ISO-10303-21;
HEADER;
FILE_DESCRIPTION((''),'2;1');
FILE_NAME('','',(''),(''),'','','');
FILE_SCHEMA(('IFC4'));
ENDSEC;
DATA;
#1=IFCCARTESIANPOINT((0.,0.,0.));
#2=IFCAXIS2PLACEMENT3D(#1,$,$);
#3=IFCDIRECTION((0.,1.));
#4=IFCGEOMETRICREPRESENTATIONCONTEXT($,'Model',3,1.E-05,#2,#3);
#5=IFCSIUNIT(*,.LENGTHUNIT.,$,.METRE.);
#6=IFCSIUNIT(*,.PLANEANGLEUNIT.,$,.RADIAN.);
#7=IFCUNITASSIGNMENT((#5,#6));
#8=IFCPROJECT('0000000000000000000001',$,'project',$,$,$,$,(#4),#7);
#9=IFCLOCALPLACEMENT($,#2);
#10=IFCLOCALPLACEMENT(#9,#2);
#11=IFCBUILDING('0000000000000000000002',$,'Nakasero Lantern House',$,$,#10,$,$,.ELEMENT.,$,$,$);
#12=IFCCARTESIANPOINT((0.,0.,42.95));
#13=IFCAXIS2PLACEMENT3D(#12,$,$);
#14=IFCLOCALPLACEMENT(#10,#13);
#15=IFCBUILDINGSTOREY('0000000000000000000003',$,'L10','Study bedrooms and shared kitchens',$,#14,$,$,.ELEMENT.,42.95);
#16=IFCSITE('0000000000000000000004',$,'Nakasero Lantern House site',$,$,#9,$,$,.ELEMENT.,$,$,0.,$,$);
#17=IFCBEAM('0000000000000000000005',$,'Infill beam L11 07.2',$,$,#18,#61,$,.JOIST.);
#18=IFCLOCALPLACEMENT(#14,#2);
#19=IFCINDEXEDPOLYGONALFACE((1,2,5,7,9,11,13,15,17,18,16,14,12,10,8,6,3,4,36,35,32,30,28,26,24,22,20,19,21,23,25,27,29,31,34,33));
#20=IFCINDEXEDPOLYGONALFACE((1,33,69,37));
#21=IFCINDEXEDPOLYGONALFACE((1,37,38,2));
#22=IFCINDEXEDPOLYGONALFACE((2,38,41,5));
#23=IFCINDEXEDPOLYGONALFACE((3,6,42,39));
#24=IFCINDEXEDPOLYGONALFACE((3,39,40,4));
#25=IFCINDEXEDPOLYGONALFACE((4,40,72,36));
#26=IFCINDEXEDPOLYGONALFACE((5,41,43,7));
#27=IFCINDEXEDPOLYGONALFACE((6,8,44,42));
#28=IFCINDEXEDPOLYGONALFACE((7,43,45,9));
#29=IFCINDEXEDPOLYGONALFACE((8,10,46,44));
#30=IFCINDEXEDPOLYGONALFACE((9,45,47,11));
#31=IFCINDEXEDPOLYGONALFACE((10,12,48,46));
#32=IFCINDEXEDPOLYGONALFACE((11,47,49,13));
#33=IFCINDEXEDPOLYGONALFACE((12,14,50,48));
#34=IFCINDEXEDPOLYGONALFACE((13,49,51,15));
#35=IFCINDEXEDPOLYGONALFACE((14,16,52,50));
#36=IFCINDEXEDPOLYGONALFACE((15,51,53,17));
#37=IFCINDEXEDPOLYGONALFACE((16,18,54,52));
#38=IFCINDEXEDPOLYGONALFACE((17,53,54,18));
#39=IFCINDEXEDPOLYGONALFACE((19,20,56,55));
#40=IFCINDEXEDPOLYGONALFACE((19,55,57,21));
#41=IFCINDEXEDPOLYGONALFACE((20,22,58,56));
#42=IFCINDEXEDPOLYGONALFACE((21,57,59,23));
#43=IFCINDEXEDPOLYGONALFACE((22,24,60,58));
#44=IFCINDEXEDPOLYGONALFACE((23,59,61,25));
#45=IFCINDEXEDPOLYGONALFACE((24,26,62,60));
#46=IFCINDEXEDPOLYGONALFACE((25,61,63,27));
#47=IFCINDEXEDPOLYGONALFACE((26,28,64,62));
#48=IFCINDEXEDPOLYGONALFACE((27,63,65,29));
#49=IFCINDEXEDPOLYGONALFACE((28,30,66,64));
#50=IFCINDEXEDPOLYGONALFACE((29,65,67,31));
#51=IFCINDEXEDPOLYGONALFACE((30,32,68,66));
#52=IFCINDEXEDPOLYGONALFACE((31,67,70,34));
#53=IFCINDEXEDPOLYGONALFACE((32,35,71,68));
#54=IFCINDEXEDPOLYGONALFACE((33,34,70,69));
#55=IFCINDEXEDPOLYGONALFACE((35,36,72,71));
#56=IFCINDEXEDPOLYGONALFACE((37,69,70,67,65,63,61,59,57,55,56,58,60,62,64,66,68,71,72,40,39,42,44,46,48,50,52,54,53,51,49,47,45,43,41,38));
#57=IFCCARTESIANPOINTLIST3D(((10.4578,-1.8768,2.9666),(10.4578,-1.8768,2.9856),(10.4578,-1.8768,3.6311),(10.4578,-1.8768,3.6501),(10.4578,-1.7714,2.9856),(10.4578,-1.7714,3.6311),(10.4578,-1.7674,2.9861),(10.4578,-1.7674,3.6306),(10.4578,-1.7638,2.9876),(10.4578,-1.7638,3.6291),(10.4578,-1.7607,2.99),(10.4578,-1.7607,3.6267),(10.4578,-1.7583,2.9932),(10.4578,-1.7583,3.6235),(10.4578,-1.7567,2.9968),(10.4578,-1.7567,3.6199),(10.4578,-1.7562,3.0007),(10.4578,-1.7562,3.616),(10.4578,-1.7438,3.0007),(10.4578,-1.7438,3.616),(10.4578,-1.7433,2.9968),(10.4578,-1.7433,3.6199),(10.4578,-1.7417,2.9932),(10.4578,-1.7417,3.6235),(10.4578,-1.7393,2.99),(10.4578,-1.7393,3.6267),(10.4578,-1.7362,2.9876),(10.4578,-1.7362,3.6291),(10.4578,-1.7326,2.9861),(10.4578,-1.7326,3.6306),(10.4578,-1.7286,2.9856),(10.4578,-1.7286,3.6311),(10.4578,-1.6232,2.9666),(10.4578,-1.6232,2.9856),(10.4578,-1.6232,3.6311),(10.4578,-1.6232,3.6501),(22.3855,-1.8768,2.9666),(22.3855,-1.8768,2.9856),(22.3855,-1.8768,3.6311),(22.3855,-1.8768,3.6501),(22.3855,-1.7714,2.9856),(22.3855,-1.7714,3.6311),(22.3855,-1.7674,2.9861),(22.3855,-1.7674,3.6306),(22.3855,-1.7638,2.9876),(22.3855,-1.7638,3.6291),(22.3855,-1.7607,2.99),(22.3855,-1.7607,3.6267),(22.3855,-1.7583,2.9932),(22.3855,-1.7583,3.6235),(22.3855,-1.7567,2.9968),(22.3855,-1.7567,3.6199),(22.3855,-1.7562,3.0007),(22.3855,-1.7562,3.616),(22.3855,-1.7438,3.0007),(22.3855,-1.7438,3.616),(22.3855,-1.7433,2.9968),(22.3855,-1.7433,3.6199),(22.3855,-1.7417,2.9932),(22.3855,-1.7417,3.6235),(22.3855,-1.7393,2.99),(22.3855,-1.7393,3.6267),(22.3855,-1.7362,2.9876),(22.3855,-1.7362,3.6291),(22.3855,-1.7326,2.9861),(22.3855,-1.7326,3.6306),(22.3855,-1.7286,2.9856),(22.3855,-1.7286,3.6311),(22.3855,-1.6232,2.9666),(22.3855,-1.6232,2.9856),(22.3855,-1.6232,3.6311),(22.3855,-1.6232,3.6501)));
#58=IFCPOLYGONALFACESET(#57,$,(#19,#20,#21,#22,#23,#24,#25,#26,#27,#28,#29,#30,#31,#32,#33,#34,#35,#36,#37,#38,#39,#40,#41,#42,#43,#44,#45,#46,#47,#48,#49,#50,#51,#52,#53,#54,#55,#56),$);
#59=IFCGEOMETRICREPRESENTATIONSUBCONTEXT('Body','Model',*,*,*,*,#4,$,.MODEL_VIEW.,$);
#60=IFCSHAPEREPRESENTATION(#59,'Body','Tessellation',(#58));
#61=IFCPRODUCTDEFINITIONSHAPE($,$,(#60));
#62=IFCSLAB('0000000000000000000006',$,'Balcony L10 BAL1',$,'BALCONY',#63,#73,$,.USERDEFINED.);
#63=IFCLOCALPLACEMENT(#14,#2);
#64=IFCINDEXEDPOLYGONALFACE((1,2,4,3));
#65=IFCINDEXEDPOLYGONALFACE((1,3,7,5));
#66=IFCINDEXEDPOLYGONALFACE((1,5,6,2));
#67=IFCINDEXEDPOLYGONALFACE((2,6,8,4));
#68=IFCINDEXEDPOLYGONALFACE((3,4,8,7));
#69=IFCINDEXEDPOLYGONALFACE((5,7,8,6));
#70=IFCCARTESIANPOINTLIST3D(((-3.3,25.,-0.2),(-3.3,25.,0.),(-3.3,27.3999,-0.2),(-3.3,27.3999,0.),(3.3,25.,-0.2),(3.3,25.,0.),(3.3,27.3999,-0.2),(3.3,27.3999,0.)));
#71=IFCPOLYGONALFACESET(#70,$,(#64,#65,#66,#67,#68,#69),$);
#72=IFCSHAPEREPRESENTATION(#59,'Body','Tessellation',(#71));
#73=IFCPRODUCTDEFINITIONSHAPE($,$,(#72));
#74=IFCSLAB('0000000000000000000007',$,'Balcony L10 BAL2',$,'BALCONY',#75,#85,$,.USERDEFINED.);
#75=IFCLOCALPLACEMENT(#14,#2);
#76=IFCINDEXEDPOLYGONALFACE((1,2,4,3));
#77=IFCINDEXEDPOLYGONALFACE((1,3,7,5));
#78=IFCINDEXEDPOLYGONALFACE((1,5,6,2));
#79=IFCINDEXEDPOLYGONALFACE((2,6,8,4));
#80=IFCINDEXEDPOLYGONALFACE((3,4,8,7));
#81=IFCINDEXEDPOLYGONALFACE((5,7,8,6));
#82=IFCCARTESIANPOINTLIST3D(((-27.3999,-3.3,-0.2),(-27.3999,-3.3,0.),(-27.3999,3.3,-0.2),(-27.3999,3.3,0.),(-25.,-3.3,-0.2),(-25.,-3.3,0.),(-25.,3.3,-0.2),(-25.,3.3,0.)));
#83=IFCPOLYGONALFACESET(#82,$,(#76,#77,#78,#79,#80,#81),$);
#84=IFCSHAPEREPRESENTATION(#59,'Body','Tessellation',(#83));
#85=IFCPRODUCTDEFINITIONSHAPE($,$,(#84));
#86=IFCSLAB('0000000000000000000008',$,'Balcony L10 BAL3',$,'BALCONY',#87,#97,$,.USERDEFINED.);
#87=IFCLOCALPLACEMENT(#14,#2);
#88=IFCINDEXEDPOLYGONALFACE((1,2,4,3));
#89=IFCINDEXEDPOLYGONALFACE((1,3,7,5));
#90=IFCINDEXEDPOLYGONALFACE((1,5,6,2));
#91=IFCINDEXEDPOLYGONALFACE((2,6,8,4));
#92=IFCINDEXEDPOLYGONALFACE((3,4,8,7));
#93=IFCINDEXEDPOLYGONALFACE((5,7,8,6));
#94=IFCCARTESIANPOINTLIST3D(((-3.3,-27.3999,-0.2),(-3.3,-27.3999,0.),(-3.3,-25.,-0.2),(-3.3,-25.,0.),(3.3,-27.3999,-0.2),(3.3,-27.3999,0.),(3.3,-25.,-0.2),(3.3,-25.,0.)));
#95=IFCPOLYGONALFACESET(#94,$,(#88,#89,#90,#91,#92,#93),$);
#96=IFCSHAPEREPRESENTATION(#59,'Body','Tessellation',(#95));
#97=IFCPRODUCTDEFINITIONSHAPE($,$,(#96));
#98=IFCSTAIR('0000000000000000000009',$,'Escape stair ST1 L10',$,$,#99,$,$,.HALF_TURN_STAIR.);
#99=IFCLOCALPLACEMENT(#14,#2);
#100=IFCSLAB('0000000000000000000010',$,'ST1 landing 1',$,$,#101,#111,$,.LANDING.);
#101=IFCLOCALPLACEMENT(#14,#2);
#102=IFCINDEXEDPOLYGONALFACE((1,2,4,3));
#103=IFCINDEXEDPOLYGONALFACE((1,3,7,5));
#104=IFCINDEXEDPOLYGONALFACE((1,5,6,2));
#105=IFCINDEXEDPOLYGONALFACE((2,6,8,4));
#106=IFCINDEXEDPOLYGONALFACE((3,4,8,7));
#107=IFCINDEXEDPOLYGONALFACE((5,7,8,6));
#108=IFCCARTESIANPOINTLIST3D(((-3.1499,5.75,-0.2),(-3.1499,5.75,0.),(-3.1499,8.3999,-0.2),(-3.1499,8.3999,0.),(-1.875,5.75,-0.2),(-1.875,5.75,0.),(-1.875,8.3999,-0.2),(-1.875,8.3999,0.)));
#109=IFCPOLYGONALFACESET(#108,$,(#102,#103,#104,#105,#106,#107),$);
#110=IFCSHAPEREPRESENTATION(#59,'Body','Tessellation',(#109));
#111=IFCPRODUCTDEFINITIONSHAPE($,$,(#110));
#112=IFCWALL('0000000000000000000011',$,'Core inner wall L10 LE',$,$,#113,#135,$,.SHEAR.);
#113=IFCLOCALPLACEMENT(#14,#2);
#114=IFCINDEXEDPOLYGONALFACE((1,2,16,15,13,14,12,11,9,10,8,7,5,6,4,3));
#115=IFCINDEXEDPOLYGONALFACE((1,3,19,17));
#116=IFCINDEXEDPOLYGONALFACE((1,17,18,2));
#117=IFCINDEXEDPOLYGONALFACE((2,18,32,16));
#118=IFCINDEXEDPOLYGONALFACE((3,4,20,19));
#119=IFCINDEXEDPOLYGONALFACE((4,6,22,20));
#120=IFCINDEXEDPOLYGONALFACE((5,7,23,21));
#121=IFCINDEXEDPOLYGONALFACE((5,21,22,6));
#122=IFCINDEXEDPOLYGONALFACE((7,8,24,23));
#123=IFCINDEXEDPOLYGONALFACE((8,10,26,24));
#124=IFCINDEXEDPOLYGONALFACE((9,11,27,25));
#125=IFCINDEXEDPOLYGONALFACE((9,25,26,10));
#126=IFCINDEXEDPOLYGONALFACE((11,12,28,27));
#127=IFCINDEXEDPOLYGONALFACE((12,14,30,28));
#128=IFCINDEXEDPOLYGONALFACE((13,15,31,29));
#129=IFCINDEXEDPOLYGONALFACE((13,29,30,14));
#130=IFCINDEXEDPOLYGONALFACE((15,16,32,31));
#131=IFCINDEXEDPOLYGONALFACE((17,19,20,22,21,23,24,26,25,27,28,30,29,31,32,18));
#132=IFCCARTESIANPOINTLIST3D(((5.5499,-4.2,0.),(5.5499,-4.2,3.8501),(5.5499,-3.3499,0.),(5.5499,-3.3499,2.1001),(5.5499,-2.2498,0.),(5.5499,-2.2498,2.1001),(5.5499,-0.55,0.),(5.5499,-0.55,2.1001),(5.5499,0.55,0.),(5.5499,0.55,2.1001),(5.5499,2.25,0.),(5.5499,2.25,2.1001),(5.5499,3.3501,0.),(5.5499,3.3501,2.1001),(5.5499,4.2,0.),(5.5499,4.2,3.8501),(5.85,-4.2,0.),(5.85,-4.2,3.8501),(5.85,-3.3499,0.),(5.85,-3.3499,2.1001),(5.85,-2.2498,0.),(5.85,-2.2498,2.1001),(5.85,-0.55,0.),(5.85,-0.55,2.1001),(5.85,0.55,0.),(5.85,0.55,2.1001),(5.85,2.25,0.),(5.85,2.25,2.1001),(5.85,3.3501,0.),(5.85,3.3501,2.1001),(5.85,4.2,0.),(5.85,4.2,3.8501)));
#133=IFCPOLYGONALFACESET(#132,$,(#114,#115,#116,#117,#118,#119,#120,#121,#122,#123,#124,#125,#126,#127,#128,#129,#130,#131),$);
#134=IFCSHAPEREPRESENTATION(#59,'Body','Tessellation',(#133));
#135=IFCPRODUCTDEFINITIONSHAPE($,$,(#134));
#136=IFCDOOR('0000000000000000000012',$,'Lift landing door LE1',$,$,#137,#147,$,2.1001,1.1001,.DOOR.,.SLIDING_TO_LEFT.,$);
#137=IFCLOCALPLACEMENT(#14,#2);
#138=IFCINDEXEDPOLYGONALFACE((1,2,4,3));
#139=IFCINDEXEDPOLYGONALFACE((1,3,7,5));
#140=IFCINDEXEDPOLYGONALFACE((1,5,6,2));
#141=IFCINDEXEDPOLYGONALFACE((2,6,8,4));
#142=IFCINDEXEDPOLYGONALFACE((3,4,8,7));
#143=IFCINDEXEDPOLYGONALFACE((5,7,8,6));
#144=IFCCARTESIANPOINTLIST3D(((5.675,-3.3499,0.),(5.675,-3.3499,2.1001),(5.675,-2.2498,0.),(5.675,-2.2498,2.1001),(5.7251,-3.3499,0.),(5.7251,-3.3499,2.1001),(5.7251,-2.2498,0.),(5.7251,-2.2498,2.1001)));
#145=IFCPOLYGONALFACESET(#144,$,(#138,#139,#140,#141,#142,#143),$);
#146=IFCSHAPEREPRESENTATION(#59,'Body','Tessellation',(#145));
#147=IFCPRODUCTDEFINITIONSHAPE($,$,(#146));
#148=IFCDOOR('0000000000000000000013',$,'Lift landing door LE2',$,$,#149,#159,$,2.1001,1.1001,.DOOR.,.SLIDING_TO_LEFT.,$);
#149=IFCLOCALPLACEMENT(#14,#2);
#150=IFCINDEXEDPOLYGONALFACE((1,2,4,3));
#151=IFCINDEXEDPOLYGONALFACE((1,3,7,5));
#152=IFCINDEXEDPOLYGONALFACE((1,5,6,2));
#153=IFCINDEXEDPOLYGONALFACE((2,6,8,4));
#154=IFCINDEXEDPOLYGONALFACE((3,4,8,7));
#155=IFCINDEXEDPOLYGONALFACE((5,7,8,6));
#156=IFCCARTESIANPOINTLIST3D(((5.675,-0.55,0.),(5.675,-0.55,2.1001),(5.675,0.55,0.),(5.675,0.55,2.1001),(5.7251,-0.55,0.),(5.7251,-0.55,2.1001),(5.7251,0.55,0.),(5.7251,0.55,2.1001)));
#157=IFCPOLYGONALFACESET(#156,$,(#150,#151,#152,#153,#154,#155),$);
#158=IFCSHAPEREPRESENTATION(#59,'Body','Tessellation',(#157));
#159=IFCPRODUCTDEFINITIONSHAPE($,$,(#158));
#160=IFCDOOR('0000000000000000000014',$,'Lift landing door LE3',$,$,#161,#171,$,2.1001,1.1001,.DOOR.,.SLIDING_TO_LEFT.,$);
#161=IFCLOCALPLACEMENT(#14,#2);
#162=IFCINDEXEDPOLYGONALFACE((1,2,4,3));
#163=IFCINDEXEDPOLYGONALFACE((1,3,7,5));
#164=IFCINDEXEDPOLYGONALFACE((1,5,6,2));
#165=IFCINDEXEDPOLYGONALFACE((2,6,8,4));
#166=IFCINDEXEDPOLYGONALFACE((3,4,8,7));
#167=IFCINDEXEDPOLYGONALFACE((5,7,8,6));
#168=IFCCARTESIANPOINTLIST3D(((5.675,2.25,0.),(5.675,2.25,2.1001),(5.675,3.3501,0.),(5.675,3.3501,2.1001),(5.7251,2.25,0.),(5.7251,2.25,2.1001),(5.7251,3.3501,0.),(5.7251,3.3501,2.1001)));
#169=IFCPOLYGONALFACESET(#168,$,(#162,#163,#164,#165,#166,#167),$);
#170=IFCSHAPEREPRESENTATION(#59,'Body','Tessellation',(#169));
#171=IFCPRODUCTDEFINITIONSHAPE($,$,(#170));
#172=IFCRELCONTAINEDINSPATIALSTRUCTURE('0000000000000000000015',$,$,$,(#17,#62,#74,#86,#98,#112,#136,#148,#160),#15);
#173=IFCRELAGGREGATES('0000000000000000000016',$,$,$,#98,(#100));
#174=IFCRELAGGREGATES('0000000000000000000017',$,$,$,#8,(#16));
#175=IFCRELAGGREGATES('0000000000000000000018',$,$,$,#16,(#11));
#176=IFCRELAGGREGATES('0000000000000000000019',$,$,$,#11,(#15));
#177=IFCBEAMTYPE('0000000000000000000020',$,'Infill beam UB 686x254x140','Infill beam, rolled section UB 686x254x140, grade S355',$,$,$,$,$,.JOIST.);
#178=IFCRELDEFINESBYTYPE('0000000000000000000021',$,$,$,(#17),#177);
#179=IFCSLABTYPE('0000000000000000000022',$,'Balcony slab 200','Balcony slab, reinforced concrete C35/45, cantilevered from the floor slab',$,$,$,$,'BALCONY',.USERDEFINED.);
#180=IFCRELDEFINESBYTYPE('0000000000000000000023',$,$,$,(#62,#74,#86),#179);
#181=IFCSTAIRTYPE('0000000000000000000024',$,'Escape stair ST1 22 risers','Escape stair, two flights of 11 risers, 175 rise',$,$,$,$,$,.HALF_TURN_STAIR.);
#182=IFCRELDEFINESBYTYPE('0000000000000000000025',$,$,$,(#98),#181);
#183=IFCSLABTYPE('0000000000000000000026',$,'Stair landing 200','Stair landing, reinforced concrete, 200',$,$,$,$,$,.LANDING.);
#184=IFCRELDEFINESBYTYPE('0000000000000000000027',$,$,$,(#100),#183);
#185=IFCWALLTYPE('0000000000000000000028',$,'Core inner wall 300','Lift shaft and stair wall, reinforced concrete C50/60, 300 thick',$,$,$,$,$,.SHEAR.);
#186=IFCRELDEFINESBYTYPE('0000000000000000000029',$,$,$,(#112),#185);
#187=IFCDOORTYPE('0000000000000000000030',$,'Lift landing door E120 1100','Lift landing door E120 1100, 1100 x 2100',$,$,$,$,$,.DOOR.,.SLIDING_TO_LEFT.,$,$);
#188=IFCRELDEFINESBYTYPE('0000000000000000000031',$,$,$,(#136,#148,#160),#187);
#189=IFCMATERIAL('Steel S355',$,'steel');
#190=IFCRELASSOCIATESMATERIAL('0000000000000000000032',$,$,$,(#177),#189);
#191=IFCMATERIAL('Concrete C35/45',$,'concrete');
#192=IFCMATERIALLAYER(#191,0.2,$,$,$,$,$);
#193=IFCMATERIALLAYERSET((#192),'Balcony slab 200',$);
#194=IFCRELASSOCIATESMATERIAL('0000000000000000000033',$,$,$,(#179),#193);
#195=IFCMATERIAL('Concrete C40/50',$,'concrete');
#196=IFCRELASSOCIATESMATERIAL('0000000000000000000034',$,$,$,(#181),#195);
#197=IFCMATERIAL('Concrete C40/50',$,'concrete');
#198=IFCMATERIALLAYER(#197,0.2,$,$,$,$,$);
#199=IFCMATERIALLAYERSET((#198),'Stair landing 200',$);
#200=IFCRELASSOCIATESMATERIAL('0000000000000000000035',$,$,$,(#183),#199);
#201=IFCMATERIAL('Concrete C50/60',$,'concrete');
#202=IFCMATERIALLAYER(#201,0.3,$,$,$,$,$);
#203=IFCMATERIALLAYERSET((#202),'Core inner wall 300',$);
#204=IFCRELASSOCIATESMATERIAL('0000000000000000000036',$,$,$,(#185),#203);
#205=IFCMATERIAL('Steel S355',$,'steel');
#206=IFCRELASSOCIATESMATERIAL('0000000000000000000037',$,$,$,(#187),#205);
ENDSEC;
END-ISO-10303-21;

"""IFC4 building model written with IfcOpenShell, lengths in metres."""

from ifc_helpers import new_model, si_unit, direction, frame, frame_2d, origin, origin_2d, place, context, subcontext, project, spatial, polyline, rectangle, i_section, outline, extrude, material, layer, layer_set, material_profile, profile_set, type_object, element, fill, aggregate, save


model = new_model("IFC4")

# Units and contexts
model_context = context("Model", 3, precision=1e-05, world=origin(), true_north=direction((0.0, 1.0)))
body_context = subcontext(model_context, "Body", "Model", "MODEL_VIEW")
ifc_project = project(units=[si_unit("LENGTHUNIT", "METRE"), si_unit("PLANEANGLEUNIT", "RADIAN")], contexts=[model_context])

# Site, building, storey
site_placement = place(None, origin())
site = spatial("IfcSite", under=ifc_project, at=site_placement, Name="Nakasero Lantern House site", CompositionType="ELEMENT", RefElevation=0.0)
building_placement = place(site_placement, origin())
building = spatial("IfcBuilding", under=site, at=building_placement, Name="Nakasero Lantern House", CompositionType="ELEMENT")
storey_placement = place(building_placement, frame((0.0, 0.0, 42.95)))
storey = spatial("IfcBuildingStorey", under=building, at=storey_placement, Name="L10", Description="Study bedrooms and shared kitchens", CompositionType="ELEMENT", Elevation=42.95)

# Beam
ifc_material_1 = material(Name="Steel S355", Category="steel")
ifc_material_profile_1 = material_profile(ifc_material_1, i_section(OverallWidth=0.2537, OverallDepth=0.6836, WebThickness=0.0125, FlangeThickness=0.019, FilletRadius=0.0151, at=origin_2d()), Name="UB 686x254x140")
ifc_profile_set_1 = profile_set([ifc_material_profile_1], Name="Steel S355")
beam_type_1 = type_object("IfcBeamType", Name="Infill beam UB 686x254x140", Description="Infill beam, rolled section UB 686x254x140, grade S355", PredefinedType="JOIST", material=ifc_profile_set_1)
beam_1_placement = place(storey_placement, frame((10.4578, -1.75, 3.3083), z_axis=(1.0, 0.0, 0.0), x_axis=(0.0, 1.0, 0.0)))
element("IfcBeam", 1, at=beam_1_placement, inside=storey, type_object=beam_type_1, Name="Infill beam L11 07.2", PredefinedType="JOIST", context=body_context, shape_type="SweptSolid", body=[
    extrude(i_section(OverallWidth=0.2537, OverallDepth=0.6836, WebThickness=0.0125, FlangeThickness=0.019, FilletRadius=0.0151, at=origin_2d()), origin(), (0.0, 0.0, 1.0), 11.9277),
])

# Slabs
ifc_material_2 = material(Name="Concrete C35/45", Category="concrete")
ifc_layer_1 = layer(ifc_material_2, 0.2)
ifc_layer_set_1 = layer_set([ifc_layer_1], Name="Balcony slab 200")
slab_type_1 = type_object("IfcSlabType", Name="Balcony slab 200", Description="Balcony slab, reinforced concrete C35/45, cantilevered from the floor slab", ElementType="BALCONY", PredefinedType="USERDEFINED", material=ifc_layer_set_1)
slab_1_placement = place(storey_placement, frame((0.0, 0.0, -0.2)))
element("IfcSlab", 2, at=slab_1_placement, inside=storey, type_object=slab_type_1, Name="Balcony L10 BAL1", ObjectType="BALCONY", PredefinedType="USERDEFINED", context=body_context, shape_type="SweptSolid", body=[
    extrude(outline(polyline([(3.3, 25.0), (3.3, 27.3999), (-3.3, 27.3999), (-3.3, 25.0), (3.3, 25.0)])), origin(), (0.0, 0.0, 1.0), 0.2),
])
slab_2_placement = place(storey_placement, frame((0.0, 0.0, -0.2)))
element("IfcSlab", 3, at=slab_2_placement, inside=storey, type_object=slab_type_1, Name="Balcony L10 BAL2", ObjectType="BALCONY", PredefinedType="USERDEFINED", context=body_context, shape_type="SweptSolid", body=[
    extrude(outline(polyline([(-25.0, 3.3), (-27.3999, 3.3), (-27.3999, -3.3), (-25.0, -3.3), (-25.0, 3.3)])), origin(), (0.0, 0.0, 1.0), 0.2),
])
slab_3_placement = place(storey_placement, frame((0.0, 0.0, -0.2)))
element("IfcSlab", 4, at=slab_3_placement, inside=storey, type_object=slab_type_1, Name="Balcony L10 BAL3", ObjectType="BALCONY", PredefinedType="USERDEFINED", context=body_context, shape_type="SweptSolid", body=[
    extrude(outline(polyline([(-3.3, -25.0), (-3.3, -27.3999), (3.3, -27.3999), (3.3, -25.0), (-3.3, -25.0)])), origin(), (0.0, 0.0, 1.0), 0.2),
])

# Stair, slab
ifc_material_3 = material(Name="Concrete C40/50", Category="concrete")
stair_type_1 = type_object("IfcStairType", Name="Escape stair ST1 22 risers", Description="Escape stair, two flights of 11 risers, 175 rise", PredefinedType="HALF_TURN_STAIR", material=ifc_material_3)
stair_1_placement = place(storey_placement, origin())
stair_1 = element("IfcStair", 5, at=stair_1_placement, inside=storey, type_object=stair_type_1, Name="Escape stair ST1 L10", PredefinedType="HALF_TURN_STAIR")
ifc_material_4 = material(Name="Concrete C40/50", Category="concrete")
ifc_layer_2 = layer(ifc_material_4, 0.2)
ifc_layer_set_2 = layer_set([ifc_layer_2], Name="Stair landing 200")
slab_type_2 = type_object("IfcSlabType", Name="Stair landing 200", Description="Stair landing, reinforced concrete, 200", PredefinedType="LANDING", material=ifc_layer_set_2)
slab_4_placement = place(storey_placement, frame((0.0, 0.0, -0.2)))
slab_4 = element("IfcSlab", 6, at=slab_4_placement, type_object=slab_type_2, Name="ST1 landing 1", PredefinedType="LANDING", context=body_context, shape_type="SweptSolid", body=[
    extrude(outline(polyline([(-3.1499, 5.75), (-1.875, 5.75), (-1.875, 8.3999), (-3.1499, 8.3999), (-3.1499, 5.75)])), origin(), (0.0, 0.0, 1.0), 0.2),
])
aggregate(stair_1, [slab_4])

# Wall, openings, doors
ifc_material_5 = material(Name="Concrete C50/60", Category="concrete")
ifc_layer_3 = layer(ifc_material_5, 0.3)
ifc_layer_set_3 = layer_set([ifc_layer_3], Name="Core inner wall 300")
wall_type_1 = type_object("IfcWallType", Name="Core inner wall 300", Description="Lift shaft and stair wall, reinforced concrete C50/60, 300 thick", PredefinedType="SHEAR", material=ifc_layer_set_3)
wall_1_placement = place(storey_placement, frame((5.7, -4.2, 0.0), z_axis=(0.0, 0.0, 1.0), x_axis=(0.0, 1.0, 0.0)))
wall_1 = element("IfcWall", 7, at=wall_1_placement, inside=storey, type_object=wall_type_1, Name="Core inner wall L10 LE", PredefinedType="SHEAR", context=body_context, shape_type="SweptSolid", body=[
    extrude(rectangle(XDim=8.3999, YDim=0.3, at=frame_2d((4.2, 0.0))), origin(), (0.0, 0.0, 1.0), 3.8501),
])
opening_1_placement = place(wall_1_placement, frame((0.8501, 0.0, 0.0)))
opening_1 = element("IfcOpeningElement", 8, at=opening_1_placement, cuts=wall_1, PredefinedType="OPENING", context=body_context, shape_type="SweptSolid", body=[
    extrude(rectangle(XDim=1.1001, YDim=2.1001, at=frame_2d((0.55, 1.05))), frame((0.0, 0.1699, 0.0), z_axis=(0.0, -1.0, 0.0), x_axis=(1.0, 0.0, 0.0)), (0.0, 0.0, 1.0), 0.3401),
])
opening_2_placement = place(wall_1_placement, frame((3.6499, 0.0, 0.0)))
opening_2 = element("IfcOpeningElement", 9, at=opening_2_placement, cuts=wall_1, PredefinedType="OPENING", context=body_context, shape_type="SweptSolid", body=[
    extrude(rectangle(XDim=1.1001, YDim=2.1001, at=frame_2d((0.55, 1.05))), frame((0.0, 0.1699, 0.0), z_axis=(0.0, -1.0, 0.0), x_axis=(1.0, 0.0, 0.0)), (0.0, 0.0, 1.0), 0.3401),
])
opening_3_placement = place(wall_1_placement, frame((6.45, 0.0, 0.0)))
opening_3 = element("IfcOpeningElement", 10, at=opening_3_placement, cuts=wall_1, PredefinedType="OPENING", context=body_context, shape_type="SweptSolid", body=[
    extrude(rectangle(XDim=1.1001, YDim=2.1001, at=frame_2d((0.55, 1.05))), frame((0.0, 0.1699, 0.0), z_axis=(0.0, -1.0, 0.0), x_axis=(1.0, 0.0, 0.0)), (0.0, 0.0, 1.0), 0.3401),
])
ifc_material_6 = material(Name="Steel S355", Category="steel")
door_type_1 = type_object("IfcDoorType", Name="Lift landing door E120 1100", Description="Lift landing door E120 1100, 1100 x 2100", OperationType="SLIDING_TO_LEFT", PredefinedType="DOOR", material=ifc_material_6)
door_1_placement = place(opening_1_placement, origin())
door_1 = element("IfcDoor", 11, at=door_1_placement, inside=storey, type_object=door_type_1, Name="Lift landing door LE1", OperationType="SLIDING_TO_LEFT", OverallHeight=2.1001, OverallWidth=1.1001, PredefinedType="DOOR", context=body_context, shape_type="SweptSolid", body=[
    extrude(rectangle(XDim=1.1001, YDim=2.1001, at=frame_2d((0.55, 1.05))), frame((0.0, 0.0249, 0.0), z_axis=(0.0, -1.0, 0.0), x_axis=(1.0, 0.0, 0.0)), (0.0, 0.0, 1.0), 0.05),
])
fill(opening_1, door_1)
door_2_placement = place(opening_2_placement, origin())
door_2 = element("IfcDoor", 12, at=door_2_placement, inside=storey, type_object=door_type_1, Name="Lift landing door LE2", OperationType="SLIDING_TO_LEFT", OverallHeight=2.1001, OverallWidth=1.1001, PredefinedType="DOOR", context=body_context, shape_type="SweptSolid", body=[
    extrude(rectangle(XDim=1.1001, YDim=2.1001, at=frame_2d((0.55, 1.05))), frame((0.0, 0.0249, 0.0), z_axis=(0.0, -1.0, 0.0), x_axis=(1.0, 0.0, 0.0)), (0.0, 0.0, 1.0), 0.05),
])
fill(opening_2, door_2)
door_3_placement = place(opening_3_placement, origin())
door_3 = element("IfcDoor", 13, at=door_3_placement, inside=storey, type_object=door_type_1, Name="Lift landing door LE3", OperationType="SLIDING_TO_LEFT", OverallHeight=2.1001, OverallWidth=1.1001, PredefinedType="DOOR", context=body_context, shape_type="SweptSolid", body=[
    extrude(rectangle(XDim=1.1001, YDim=2.1001, at=frame_2d((0.55, 1.05))), frame((0.0, 0.0249, 0.0), z_axis=(0.0, -1.0, 0.0), x_axis=(1.0, 0.0, 0.0)), (0.0, 0.0, 1.0), 0.05),
])
fill(opening_3, door_3)

save(model, "model.ifc")
